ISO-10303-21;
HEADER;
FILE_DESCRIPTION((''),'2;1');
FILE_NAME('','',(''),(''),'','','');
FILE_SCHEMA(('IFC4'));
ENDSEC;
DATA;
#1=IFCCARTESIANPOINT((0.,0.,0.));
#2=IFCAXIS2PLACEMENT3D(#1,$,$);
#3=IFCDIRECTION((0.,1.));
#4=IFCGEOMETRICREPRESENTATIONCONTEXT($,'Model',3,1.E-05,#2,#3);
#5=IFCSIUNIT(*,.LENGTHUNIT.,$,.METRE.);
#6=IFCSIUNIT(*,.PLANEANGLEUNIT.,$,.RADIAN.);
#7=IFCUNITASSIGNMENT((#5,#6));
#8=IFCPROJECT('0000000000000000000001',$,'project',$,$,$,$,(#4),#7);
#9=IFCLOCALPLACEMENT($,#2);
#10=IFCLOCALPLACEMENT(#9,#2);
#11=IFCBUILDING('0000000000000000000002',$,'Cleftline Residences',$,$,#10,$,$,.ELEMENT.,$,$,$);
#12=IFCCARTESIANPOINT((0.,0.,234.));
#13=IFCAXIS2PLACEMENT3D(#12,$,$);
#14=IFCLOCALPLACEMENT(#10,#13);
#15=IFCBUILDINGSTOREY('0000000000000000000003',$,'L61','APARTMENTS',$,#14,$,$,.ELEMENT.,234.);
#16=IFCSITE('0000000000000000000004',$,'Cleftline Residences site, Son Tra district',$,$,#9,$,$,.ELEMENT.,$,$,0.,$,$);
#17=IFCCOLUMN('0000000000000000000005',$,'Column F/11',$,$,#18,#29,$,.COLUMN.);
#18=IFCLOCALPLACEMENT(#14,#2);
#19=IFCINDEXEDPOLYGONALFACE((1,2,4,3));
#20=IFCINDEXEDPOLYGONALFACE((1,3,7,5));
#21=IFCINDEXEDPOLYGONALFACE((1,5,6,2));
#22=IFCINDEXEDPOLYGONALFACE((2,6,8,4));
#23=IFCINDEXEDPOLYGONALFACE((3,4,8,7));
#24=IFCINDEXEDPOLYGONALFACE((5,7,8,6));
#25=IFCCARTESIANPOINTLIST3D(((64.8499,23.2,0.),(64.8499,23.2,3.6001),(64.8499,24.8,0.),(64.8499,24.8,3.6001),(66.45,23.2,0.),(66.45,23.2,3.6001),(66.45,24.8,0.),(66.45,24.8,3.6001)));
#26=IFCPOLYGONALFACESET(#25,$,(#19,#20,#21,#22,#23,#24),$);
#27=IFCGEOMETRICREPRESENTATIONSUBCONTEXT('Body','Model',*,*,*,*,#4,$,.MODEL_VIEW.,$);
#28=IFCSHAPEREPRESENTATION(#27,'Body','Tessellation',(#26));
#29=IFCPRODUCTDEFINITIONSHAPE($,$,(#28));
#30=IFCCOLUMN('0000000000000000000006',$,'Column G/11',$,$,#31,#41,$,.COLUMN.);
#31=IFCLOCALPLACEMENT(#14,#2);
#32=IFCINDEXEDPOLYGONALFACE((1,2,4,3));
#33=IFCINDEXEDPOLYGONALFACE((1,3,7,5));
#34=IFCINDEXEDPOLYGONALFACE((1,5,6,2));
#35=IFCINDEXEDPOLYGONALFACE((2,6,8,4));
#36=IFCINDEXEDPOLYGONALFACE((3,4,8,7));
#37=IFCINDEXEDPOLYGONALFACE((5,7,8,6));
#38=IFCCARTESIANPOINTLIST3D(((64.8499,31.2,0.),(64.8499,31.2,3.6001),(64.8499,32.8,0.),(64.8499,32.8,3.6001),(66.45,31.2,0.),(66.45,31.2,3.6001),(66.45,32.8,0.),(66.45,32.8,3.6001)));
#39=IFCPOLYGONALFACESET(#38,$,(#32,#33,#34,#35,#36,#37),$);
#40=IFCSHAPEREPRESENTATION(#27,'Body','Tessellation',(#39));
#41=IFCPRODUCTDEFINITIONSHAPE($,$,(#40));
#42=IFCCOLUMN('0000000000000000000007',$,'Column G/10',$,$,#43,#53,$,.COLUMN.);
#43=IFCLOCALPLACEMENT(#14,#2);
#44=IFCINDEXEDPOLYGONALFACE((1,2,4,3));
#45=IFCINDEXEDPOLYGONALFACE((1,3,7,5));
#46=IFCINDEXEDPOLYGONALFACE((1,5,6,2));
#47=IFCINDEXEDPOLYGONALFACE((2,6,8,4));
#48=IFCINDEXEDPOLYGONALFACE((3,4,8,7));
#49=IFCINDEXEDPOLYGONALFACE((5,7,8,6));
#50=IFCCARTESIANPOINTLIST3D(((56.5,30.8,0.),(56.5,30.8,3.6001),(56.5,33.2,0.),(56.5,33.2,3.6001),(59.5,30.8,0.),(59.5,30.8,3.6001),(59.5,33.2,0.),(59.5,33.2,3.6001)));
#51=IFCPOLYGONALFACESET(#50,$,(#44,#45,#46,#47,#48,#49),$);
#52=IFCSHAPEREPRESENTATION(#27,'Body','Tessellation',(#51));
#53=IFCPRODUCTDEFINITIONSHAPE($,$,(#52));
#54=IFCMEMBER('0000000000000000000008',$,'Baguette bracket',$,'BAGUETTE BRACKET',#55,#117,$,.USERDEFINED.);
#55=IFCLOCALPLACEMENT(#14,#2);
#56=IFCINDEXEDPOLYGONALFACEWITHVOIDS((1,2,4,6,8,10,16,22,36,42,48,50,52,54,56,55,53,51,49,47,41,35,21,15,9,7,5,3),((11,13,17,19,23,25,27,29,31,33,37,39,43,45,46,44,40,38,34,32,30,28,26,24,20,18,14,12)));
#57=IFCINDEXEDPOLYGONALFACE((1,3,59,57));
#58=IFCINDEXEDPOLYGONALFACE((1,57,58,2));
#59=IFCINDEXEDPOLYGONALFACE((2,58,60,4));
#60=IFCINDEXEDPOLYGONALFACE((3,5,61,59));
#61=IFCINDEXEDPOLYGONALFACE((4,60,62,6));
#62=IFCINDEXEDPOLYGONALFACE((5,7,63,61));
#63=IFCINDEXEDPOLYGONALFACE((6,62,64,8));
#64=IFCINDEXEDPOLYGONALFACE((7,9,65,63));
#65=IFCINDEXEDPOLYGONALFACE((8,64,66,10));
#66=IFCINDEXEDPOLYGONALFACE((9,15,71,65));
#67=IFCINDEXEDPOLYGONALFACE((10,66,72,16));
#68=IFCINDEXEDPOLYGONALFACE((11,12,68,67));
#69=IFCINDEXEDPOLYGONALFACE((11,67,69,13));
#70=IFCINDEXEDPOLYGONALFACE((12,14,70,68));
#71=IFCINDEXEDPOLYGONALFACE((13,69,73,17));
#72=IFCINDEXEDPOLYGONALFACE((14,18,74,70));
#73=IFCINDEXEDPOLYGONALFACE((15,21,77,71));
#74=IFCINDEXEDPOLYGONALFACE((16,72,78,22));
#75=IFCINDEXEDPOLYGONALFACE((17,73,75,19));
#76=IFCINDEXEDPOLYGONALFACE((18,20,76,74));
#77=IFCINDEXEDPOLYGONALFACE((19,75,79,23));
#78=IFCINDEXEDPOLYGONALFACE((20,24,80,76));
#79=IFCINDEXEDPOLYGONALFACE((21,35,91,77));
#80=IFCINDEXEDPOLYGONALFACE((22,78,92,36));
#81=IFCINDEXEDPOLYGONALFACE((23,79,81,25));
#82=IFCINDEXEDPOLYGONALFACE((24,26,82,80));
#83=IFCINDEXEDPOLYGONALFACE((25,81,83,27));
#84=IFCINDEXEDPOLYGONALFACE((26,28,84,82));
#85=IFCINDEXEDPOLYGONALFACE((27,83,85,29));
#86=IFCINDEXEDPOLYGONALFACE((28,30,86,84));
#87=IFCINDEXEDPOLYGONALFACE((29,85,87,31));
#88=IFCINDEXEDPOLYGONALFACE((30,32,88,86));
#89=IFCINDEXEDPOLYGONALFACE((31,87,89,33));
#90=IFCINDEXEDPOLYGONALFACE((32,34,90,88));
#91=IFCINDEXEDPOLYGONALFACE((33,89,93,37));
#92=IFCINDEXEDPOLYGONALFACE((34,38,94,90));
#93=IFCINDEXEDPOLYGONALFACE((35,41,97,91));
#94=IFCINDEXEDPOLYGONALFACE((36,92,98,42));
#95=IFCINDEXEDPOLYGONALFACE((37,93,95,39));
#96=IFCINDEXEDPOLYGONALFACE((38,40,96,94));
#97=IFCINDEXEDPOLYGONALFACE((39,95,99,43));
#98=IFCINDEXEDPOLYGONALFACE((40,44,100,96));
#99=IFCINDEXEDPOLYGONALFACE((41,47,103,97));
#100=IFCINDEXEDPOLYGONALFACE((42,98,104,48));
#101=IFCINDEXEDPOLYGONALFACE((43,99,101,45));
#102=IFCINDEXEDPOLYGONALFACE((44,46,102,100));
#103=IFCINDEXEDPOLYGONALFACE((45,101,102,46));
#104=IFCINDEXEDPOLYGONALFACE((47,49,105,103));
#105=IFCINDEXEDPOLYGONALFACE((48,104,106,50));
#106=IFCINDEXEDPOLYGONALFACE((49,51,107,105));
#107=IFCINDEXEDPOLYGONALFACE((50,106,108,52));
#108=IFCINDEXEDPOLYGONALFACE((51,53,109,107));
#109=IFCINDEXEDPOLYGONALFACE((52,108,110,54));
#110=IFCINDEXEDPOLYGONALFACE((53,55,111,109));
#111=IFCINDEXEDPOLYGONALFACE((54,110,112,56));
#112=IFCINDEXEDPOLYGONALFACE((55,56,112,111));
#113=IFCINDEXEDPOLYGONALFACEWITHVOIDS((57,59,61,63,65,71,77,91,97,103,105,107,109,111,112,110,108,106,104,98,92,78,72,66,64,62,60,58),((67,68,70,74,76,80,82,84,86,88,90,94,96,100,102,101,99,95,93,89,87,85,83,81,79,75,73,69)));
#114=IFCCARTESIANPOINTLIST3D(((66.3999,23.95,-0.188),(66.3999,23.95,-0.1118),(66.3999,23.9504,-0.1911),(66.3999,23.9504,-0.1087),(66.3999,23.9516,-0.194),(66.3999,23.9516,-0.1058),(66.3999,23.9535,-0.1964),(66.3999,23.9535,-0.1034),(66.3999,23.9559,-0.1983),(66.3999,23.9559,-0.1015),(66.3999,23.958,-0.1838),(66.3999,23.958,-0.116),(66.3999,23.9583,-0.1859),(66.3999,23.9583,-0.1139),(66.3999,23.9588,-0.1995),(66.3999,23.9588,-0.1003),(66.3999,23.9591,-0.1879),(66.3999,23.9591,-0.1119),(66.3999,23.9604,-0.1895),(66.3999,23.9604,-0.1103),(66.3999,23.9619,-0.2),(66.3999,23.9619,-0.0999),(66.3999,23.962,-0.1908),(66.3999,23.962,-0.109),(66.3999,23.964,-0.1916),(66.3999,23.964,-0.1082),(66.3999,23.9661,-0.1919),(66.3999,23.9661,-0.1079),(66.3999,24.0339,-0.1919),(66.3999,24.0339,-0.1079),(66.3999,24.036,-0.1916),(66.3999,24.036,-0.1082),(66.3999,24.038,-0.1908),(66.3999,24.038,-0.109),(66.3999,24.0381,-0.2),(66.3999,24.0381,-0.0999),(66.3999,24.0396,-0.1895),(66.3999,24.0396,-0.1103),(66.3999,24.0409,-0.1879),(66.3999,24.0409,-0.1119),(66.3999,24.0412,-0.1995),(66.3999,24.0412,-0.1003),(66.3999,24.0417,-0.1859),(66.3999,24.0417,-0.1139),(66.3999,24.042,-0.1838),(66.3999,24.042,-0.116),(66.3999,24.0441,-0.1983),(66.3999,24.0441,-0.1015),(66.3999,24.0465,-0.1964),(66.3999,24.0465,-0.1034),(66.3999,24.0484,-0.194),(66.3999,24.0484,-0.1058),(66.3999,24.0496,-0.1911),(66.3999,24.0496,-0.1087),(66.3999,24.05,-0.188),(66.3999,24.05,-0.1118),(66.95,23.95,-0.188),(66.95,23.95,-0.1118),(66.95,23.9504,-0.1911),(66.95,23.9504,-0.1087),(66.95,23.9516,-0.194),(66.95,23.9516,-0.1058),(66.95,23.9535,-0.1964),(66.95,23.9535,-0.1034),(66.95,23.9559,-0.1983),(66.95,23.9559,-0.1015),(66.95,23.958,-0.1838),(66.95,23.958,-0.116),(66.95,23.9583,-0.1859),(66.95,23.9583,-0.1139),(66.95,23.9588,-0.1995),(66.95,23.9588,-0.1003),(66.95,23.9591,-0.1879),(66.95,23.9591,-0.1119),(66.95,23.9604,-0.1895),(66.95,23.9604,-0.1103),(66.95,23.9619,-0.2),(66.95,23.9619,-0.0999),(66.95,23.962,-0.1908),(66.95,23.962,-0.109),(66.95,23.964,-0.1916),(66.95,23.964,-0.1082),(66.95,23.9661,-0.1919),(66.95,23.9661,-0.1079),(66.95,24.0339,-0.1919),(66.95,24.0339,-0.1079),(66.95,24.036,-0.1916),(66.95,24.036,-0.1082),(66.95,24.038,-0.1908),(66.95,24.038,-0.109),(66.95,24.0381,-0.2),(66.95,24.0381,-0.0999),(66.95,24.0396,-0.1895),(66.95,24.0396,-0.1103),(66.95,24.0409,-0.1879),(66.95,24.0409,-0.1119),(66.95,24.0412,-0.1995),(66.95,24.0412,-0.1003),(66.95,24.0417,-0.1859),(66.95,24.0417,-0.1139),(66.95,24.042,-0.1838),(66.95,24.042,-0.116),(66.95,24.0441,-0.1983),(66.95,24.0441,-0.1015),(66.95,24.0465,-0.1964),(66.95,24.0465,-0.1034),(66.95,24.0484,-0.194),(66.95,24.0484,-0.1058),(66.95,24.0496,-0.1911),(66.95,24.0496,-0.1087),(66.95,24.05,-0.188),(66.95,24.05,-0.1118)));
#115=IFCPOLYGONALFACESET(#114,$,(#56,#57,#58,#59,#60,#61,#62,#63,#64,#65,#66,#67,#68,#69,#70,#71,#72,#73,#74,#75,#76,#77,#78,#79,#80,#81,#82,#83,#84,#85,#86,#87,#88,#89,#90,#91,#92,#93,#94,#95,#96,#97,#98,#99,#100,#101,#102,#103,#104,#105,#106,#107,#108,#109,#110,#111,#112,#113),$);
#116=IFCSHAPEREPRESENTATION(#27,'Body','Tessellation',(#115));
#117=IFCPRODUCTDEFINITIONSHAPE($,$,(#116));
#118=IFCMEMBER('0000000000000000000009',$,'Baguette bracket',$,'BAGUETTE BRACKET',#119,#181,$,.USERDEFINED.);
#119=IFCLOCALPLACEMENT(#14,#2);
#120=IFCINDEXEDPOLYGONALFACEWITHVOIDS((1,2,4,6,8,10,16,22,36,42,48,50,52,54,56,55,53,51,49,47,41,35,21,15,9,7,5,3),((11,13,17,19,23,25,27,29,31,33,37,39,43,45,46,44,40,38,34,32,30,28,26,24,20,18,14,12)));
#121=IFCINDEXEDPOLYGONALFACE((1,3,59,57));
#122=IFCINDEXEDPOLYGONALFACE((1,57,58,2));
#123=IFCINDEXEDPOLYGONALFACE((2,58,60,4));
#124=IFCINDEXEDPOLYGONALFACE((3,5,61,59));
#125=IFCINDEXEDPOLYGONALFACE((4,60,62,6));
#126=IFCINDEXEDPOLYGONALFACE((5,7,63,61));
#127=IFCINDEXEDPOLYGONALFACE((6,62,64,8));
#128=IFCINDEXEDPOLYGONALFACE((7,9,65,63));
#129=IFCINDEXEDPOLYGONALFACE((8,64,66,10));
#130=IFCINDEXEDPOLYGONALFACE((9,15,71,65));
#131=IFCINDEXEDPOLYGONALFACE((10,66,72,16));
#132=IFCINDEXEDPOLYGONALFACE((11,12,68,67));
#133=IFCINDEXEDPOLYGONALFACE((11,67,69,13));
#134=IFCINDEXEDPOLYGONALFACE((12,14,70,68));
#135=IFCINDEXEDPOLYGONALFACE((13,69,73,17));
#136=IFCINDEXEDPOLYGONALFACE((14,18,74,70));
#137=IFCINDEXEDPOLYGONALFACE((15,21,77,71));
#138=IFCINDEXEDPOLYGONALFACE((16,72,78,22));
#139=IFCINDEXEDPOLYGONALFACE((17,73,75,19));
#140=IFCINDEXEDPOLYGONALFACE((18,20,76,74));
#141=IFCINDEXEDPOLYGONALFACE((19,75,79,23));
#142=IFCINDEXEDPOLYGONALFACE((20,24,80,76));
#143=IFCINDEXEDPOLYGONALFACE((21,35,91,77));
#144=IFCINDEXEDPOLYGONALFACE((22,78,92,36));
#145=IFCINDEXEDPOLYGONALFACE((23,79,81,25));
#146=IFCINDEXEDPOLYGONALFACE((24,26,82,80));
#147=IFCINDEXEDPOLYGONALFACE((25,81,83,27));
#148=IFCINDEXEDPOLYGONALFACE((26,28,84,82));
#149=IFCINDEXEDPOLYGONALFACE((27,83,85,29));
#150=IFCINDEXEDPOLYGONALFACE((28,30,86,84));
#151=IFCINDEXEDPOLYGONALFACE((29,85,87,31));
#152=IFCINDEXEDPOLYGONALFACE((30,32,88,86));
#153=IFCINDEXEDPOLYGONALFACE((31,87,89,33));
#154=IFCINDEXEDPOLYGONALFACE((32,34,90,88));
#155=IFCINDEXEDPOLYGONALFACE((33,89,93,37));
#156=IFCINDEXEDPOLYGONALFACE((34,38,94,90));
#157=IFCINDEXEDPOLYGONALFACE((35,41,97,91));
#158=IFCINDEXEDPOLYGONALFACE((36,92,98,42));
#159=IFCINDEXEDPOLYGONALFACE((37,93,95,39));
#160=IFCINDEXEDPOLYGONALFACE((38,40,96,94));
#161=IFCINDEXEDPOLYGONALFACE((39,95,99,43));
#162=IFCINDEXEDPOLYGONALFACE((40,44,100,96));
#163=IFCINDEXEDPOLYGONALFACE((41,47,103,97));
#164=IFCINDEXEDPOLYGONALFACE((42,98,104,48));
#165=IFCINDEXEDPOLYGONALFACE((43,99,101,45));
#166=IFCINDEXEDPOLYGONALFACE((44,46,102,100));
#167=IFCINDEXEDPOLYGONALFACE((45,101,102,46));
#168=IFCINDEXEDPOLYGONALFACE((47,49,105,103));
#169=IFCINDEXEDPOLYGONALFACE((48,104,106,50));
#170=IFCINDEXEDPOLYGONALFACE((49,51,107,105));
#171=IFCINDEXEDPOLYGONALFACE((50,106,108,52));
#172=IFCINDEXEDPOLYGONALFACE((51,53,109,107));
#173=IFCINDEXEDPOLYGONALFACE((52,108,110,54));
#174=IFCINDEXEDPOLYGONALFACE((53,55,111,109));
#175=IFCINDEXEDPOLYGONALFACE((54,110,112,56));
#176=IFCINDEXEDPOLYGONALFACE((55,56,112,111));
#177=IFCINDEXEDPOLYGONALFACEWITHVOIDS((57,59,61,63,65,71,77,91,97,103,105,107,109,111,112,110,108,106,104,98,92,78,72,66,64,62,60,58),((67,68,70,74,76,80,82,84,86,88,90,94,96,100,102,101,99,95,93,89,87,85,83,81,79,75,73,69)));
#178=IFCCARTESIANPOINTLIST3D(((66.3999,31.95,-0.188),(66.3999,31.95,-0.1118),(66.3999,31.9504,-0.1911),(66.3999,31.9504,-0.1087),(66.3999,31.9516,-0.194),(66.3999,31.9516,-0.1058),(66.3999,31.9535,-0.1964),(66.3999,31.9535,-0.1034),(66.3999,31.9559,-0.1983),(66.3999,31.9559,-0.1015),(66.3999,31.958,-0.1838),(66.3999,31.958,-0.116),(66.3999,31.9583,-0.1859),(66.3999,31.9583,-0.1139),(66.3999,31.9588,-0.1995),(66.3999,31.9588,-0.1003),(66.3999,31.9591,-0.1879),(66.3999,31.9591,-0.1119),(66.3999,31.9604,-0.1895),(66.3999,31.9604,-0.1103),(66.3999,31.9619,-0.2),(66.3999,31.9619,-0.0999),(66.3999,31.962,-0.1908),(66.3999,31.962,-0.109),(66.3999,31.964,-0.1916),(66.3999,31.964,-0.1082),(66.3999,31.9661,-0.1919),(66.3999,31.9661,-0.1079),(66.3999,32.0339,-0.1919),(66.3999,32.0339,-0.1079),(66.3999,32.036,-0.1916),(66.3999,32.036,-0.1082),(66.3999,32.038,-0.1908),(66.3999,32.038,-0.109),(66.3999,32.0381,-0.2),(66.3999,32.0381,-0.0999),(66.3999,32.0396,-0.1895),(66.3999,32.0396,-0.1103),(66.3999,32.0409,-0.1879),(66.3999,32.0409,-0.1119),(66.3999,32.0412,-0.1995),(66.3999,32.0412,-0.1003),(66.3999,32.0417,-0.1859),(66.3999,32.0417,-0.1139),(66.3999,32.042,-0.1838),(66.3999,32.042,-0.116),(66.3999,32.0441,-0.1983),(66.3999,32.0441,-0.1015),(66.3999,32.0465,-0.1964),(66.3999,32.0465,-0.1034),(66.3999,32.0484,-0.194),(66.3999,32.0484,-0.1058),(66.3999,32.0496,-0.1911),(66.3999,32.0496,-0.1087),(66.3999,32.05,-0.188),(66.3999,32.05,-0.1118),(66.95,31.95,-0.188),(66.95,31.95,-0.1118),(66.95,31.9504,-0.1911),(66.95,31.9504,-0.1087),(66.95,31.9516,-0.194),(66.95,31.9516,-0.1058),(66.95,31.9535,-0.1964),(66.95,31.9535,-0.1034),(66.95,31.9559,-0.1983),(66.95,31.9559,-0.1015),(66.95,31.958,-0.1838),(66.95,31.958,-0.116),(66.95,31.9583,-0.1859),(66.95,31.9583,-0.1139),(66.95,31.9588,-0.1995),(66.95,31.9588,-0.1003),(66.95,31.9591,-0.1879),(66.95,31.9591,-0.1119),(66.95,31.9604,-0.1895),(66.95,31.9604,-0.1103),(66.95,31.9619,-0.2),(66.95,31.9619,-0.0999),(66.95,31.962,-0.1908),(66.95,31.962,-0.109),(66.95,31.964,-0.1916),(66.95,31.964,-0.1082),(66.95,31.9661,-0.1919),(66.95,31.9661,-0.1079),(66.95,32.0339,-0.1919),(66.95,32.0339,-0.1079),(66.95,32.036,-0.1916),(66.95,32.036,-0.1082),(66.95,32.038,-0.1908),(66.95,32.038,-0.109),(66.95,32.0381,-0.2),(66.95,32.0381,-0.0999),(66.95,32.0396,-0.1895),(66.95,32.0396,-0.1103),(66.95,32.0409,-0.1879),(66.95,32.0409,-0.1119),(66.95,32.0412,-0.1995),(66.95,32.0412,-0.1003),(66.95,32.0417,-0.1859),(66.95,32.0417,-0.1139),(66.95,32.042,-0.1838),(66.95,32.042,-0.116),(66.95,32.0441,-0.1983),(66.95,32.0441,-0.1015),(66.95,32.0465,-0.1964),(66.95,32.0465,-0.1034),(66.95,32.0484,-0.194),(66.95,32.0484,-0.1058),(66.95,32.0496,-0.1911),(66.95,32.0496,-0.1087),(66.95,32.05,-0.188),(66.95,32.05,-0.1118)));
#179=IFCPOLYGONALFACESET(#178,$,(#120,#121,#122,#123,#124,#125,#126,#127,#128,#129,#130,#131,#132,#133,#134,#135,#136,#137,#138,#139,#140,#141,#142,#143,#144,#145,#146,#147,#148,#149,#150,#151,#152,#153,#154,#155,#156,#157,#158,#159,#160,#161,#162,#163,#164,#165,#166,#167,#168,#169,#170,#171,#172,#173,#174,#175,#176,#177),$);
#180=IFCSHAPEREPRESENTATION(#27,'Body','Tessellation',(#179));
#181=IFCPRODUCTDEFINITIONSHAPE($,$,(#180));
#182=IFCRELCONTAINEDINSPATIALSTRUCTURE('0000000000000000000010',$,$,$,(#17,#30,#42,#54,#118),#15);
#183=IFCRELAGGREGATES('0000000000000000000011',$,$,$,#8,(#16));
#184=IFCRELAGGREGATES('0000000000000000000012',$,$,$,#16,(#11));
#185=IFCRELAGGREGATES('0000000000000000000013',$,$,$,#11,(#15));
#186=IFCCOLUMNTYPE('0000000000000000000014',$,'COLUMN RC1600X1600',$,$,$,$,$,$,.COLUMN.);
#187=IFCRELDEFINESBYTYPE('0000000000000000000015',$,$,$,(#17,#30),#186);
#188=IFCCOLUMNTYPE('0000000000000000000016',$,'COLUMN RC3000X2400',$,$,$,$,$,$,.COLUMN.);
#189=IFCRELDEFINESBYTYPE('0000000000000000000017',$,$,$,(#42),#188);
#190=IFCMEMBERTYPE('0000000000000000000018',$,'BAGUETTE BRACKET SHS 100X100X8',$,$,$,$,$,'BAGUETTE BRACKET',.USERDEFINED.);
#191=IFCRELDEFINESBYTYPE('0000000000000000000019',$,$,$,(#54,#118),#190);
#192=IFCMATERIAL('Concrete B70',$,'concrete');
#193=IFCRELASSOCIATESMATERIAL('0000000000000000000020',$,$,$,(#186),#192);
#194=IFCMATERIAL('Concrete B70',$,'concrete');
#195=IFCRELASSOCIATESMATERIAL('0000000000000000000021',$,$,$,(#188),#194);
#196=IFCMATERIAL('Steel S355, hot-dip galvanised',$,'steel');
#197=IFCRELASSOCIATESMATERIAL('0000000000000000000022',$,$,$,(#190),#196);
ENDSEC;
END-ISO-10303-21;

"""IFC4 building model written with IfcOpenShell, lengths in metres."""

from ifc_helpers import new_model, si_unit, direction, frame, origin, origin_2d, place, context, subcontext, project, spatial, rectangle, hollow_rectangle, extrude, material, material_profile, profile_set, type_object, element, save


model = new_model("IFC4")

# Units and contexts
model_context = context("Model", 3, precision=1e-05, world=origin(), true_north=direction((0.0, 1.0)))
body_context = subcontext(model_context, "Body", "Model", "MODEL_VIEW")
ifc_project = project(units=[si_unit("LENGTHUNIT", "METRE"), si_unit("PLANEANGLEUNIT", "RADIAN")], contexts=[model_context])

# Site, building, storey
site_placement = place(None, origin())
site = spatial("IfcSite", under=ifc_project, at=site_placement, Name="Cleftline Residences site, Son Tra district", CompositionType="ELEMENT", RefElevation=0.0)
building_placement = place(site_placement, origin())
building = spatial("IfcBuilding", under=site, at=building_placement, Name="Cleftline Residences", CompositionType="ELEMENT")
storey_placement = place(building_placement, frame((0.0, 0.0, 234.0)))
storey = spatial("IfcBuildingStorey", under=building, at=storey_placement, Name="L61", Description="APARTMENTS", CompositionType="ELEMENT", Elevation=234.0)

# Columns
ifc_material_1 = material(Name="Concrete B70", Category="concrete")
ifc_material_profile_1 = material_profile(ifc_material_1, rectangle(XDim=1.6001, YDim=1.6001, at=origin_2d()))
ifc_profile_set_1 = profile_set([ifc_material_profile_1], Name="Concrete B70")
column_type_1 = type_object("IfcColumnType", Name="COLUMN RC1600X1600", PredefinedType="COLUMN", material=ifc_profile_set_1)
for number, where, z_axis, x_axis, name in (
    (1, (65.6499, 24.0, 0.0), (0.0, 0.0, 1.0), (1.0, 0.0, 0.0), "Column F/11"),
    (2, (65.6499, 32.0, 0.0), (0.0, 0.0, 1.0), (1.0, 0.0, 0.0), "Column G/11"),
):
    element("IfcColumn", number, at=place(storey_placement, frame(where, z_axis=z_axis, x_axis=x_axis)), inside=storey, type_object=column_type_1, Name=name, PredefinedType="COLUMN", context=body_context, shape_type="SweptSolid", body=[
        extrude(rectangle(XDim=1.6001, YDim=1.6001, at=origin_2d()), origin(), (0.0, 0.0, 1.0), 3.6001),
    ])
ifc_material_2 = material(Name="Concrete B70", Category="concrete")
ifc_material_profile_2 = material_profile(ifc_material_2, rectangle(XDim=3.0, YDim=2.3999, at=origin_2d()))
ifc_profile_set_2 = profile_set([ifc_material_profile_2], Name="Concrete B70")
column_type_2 = type_object("IfcColumnType", Name="COLUMN RC3000X2400", PredefinedType="COLUMN", material=ifc_profile_set_2)
column_placement = place(storey_placement, frame((58.0, 32.0, 0.0), z_axis=(0.0, 0.0, 1.0), x_axis=(1.0, 0.0, 0.0)))
element("IfcColumn", 3, at=column_placement, inside=storey, type_object=column_type_2, Name="Column G/10", PredefinedType="COLUMN", context=body_context, shape_type="SweptSolid", body=[
    extrude(rectangle(XDim=3.0, YDim=2.3999, at=origin_2d()), origin(), (0.0, 0.0, 1.0), 3.6001),
])

# Members
ifc_material_3 = material(Name="Steel S355, hot-dip galvanised", Category="steel")
ifc_material_profile_3 = material_profile(ifc_material_3, hollow_rectangle(XDim=0.1001, YDim=0.1001, WallThickness=0.0081, InnerFilletRadius=0.0081, OuterFilletRadius=0.012, at=origin_2d()))
ifc_profile_set_3 = profile_set([ifc_material_profile_3], Name="Steel S355, hot-dip galvanised")
member_type_1 = type_object("IfcMemberType", Name="BAGUETTE BRACKET SHS 100X100X8", ElementType="BAGUETTE BRACKET", PredefinedType="USERDEFINED", material=ifc_profile_set_3)
for number, where, z_axis, x_axis, name in (
    (4, (66.3999, 24.0, -0.1499), (1.0, 0.0, 0.0), (0.0, 1.0, 0.0), "Baguette bracket"),
    (5, (66.3999, 32.0, -0.1499), (1.0, 0.0, 0.0), (0.0, 1.0, 0.0), "Baguette bracket"),
):
    element("IfcMember", number, at=place(storey_placement, frame(where, z_axis=z_axis, x_axis=x_axis)), inside=storey, type_object=member_type_1, Name=name, ObjectType="BAGUETTE BRACKET", PredefinedType="USERDEFINED", context=body_context, shape_type="SweptSolid", body=[
        extrude(hollow_rectangle(XDim=0.1001, YDim=0.1001, WallThickness=0.0081, InnerFilletRadius=0.0081, OuterFilletRadius=0.012, at=origin_2d()), origin(), (0.0, 0.0, 1.0), 0.55),
    ])

save(model, "model.ifc")
